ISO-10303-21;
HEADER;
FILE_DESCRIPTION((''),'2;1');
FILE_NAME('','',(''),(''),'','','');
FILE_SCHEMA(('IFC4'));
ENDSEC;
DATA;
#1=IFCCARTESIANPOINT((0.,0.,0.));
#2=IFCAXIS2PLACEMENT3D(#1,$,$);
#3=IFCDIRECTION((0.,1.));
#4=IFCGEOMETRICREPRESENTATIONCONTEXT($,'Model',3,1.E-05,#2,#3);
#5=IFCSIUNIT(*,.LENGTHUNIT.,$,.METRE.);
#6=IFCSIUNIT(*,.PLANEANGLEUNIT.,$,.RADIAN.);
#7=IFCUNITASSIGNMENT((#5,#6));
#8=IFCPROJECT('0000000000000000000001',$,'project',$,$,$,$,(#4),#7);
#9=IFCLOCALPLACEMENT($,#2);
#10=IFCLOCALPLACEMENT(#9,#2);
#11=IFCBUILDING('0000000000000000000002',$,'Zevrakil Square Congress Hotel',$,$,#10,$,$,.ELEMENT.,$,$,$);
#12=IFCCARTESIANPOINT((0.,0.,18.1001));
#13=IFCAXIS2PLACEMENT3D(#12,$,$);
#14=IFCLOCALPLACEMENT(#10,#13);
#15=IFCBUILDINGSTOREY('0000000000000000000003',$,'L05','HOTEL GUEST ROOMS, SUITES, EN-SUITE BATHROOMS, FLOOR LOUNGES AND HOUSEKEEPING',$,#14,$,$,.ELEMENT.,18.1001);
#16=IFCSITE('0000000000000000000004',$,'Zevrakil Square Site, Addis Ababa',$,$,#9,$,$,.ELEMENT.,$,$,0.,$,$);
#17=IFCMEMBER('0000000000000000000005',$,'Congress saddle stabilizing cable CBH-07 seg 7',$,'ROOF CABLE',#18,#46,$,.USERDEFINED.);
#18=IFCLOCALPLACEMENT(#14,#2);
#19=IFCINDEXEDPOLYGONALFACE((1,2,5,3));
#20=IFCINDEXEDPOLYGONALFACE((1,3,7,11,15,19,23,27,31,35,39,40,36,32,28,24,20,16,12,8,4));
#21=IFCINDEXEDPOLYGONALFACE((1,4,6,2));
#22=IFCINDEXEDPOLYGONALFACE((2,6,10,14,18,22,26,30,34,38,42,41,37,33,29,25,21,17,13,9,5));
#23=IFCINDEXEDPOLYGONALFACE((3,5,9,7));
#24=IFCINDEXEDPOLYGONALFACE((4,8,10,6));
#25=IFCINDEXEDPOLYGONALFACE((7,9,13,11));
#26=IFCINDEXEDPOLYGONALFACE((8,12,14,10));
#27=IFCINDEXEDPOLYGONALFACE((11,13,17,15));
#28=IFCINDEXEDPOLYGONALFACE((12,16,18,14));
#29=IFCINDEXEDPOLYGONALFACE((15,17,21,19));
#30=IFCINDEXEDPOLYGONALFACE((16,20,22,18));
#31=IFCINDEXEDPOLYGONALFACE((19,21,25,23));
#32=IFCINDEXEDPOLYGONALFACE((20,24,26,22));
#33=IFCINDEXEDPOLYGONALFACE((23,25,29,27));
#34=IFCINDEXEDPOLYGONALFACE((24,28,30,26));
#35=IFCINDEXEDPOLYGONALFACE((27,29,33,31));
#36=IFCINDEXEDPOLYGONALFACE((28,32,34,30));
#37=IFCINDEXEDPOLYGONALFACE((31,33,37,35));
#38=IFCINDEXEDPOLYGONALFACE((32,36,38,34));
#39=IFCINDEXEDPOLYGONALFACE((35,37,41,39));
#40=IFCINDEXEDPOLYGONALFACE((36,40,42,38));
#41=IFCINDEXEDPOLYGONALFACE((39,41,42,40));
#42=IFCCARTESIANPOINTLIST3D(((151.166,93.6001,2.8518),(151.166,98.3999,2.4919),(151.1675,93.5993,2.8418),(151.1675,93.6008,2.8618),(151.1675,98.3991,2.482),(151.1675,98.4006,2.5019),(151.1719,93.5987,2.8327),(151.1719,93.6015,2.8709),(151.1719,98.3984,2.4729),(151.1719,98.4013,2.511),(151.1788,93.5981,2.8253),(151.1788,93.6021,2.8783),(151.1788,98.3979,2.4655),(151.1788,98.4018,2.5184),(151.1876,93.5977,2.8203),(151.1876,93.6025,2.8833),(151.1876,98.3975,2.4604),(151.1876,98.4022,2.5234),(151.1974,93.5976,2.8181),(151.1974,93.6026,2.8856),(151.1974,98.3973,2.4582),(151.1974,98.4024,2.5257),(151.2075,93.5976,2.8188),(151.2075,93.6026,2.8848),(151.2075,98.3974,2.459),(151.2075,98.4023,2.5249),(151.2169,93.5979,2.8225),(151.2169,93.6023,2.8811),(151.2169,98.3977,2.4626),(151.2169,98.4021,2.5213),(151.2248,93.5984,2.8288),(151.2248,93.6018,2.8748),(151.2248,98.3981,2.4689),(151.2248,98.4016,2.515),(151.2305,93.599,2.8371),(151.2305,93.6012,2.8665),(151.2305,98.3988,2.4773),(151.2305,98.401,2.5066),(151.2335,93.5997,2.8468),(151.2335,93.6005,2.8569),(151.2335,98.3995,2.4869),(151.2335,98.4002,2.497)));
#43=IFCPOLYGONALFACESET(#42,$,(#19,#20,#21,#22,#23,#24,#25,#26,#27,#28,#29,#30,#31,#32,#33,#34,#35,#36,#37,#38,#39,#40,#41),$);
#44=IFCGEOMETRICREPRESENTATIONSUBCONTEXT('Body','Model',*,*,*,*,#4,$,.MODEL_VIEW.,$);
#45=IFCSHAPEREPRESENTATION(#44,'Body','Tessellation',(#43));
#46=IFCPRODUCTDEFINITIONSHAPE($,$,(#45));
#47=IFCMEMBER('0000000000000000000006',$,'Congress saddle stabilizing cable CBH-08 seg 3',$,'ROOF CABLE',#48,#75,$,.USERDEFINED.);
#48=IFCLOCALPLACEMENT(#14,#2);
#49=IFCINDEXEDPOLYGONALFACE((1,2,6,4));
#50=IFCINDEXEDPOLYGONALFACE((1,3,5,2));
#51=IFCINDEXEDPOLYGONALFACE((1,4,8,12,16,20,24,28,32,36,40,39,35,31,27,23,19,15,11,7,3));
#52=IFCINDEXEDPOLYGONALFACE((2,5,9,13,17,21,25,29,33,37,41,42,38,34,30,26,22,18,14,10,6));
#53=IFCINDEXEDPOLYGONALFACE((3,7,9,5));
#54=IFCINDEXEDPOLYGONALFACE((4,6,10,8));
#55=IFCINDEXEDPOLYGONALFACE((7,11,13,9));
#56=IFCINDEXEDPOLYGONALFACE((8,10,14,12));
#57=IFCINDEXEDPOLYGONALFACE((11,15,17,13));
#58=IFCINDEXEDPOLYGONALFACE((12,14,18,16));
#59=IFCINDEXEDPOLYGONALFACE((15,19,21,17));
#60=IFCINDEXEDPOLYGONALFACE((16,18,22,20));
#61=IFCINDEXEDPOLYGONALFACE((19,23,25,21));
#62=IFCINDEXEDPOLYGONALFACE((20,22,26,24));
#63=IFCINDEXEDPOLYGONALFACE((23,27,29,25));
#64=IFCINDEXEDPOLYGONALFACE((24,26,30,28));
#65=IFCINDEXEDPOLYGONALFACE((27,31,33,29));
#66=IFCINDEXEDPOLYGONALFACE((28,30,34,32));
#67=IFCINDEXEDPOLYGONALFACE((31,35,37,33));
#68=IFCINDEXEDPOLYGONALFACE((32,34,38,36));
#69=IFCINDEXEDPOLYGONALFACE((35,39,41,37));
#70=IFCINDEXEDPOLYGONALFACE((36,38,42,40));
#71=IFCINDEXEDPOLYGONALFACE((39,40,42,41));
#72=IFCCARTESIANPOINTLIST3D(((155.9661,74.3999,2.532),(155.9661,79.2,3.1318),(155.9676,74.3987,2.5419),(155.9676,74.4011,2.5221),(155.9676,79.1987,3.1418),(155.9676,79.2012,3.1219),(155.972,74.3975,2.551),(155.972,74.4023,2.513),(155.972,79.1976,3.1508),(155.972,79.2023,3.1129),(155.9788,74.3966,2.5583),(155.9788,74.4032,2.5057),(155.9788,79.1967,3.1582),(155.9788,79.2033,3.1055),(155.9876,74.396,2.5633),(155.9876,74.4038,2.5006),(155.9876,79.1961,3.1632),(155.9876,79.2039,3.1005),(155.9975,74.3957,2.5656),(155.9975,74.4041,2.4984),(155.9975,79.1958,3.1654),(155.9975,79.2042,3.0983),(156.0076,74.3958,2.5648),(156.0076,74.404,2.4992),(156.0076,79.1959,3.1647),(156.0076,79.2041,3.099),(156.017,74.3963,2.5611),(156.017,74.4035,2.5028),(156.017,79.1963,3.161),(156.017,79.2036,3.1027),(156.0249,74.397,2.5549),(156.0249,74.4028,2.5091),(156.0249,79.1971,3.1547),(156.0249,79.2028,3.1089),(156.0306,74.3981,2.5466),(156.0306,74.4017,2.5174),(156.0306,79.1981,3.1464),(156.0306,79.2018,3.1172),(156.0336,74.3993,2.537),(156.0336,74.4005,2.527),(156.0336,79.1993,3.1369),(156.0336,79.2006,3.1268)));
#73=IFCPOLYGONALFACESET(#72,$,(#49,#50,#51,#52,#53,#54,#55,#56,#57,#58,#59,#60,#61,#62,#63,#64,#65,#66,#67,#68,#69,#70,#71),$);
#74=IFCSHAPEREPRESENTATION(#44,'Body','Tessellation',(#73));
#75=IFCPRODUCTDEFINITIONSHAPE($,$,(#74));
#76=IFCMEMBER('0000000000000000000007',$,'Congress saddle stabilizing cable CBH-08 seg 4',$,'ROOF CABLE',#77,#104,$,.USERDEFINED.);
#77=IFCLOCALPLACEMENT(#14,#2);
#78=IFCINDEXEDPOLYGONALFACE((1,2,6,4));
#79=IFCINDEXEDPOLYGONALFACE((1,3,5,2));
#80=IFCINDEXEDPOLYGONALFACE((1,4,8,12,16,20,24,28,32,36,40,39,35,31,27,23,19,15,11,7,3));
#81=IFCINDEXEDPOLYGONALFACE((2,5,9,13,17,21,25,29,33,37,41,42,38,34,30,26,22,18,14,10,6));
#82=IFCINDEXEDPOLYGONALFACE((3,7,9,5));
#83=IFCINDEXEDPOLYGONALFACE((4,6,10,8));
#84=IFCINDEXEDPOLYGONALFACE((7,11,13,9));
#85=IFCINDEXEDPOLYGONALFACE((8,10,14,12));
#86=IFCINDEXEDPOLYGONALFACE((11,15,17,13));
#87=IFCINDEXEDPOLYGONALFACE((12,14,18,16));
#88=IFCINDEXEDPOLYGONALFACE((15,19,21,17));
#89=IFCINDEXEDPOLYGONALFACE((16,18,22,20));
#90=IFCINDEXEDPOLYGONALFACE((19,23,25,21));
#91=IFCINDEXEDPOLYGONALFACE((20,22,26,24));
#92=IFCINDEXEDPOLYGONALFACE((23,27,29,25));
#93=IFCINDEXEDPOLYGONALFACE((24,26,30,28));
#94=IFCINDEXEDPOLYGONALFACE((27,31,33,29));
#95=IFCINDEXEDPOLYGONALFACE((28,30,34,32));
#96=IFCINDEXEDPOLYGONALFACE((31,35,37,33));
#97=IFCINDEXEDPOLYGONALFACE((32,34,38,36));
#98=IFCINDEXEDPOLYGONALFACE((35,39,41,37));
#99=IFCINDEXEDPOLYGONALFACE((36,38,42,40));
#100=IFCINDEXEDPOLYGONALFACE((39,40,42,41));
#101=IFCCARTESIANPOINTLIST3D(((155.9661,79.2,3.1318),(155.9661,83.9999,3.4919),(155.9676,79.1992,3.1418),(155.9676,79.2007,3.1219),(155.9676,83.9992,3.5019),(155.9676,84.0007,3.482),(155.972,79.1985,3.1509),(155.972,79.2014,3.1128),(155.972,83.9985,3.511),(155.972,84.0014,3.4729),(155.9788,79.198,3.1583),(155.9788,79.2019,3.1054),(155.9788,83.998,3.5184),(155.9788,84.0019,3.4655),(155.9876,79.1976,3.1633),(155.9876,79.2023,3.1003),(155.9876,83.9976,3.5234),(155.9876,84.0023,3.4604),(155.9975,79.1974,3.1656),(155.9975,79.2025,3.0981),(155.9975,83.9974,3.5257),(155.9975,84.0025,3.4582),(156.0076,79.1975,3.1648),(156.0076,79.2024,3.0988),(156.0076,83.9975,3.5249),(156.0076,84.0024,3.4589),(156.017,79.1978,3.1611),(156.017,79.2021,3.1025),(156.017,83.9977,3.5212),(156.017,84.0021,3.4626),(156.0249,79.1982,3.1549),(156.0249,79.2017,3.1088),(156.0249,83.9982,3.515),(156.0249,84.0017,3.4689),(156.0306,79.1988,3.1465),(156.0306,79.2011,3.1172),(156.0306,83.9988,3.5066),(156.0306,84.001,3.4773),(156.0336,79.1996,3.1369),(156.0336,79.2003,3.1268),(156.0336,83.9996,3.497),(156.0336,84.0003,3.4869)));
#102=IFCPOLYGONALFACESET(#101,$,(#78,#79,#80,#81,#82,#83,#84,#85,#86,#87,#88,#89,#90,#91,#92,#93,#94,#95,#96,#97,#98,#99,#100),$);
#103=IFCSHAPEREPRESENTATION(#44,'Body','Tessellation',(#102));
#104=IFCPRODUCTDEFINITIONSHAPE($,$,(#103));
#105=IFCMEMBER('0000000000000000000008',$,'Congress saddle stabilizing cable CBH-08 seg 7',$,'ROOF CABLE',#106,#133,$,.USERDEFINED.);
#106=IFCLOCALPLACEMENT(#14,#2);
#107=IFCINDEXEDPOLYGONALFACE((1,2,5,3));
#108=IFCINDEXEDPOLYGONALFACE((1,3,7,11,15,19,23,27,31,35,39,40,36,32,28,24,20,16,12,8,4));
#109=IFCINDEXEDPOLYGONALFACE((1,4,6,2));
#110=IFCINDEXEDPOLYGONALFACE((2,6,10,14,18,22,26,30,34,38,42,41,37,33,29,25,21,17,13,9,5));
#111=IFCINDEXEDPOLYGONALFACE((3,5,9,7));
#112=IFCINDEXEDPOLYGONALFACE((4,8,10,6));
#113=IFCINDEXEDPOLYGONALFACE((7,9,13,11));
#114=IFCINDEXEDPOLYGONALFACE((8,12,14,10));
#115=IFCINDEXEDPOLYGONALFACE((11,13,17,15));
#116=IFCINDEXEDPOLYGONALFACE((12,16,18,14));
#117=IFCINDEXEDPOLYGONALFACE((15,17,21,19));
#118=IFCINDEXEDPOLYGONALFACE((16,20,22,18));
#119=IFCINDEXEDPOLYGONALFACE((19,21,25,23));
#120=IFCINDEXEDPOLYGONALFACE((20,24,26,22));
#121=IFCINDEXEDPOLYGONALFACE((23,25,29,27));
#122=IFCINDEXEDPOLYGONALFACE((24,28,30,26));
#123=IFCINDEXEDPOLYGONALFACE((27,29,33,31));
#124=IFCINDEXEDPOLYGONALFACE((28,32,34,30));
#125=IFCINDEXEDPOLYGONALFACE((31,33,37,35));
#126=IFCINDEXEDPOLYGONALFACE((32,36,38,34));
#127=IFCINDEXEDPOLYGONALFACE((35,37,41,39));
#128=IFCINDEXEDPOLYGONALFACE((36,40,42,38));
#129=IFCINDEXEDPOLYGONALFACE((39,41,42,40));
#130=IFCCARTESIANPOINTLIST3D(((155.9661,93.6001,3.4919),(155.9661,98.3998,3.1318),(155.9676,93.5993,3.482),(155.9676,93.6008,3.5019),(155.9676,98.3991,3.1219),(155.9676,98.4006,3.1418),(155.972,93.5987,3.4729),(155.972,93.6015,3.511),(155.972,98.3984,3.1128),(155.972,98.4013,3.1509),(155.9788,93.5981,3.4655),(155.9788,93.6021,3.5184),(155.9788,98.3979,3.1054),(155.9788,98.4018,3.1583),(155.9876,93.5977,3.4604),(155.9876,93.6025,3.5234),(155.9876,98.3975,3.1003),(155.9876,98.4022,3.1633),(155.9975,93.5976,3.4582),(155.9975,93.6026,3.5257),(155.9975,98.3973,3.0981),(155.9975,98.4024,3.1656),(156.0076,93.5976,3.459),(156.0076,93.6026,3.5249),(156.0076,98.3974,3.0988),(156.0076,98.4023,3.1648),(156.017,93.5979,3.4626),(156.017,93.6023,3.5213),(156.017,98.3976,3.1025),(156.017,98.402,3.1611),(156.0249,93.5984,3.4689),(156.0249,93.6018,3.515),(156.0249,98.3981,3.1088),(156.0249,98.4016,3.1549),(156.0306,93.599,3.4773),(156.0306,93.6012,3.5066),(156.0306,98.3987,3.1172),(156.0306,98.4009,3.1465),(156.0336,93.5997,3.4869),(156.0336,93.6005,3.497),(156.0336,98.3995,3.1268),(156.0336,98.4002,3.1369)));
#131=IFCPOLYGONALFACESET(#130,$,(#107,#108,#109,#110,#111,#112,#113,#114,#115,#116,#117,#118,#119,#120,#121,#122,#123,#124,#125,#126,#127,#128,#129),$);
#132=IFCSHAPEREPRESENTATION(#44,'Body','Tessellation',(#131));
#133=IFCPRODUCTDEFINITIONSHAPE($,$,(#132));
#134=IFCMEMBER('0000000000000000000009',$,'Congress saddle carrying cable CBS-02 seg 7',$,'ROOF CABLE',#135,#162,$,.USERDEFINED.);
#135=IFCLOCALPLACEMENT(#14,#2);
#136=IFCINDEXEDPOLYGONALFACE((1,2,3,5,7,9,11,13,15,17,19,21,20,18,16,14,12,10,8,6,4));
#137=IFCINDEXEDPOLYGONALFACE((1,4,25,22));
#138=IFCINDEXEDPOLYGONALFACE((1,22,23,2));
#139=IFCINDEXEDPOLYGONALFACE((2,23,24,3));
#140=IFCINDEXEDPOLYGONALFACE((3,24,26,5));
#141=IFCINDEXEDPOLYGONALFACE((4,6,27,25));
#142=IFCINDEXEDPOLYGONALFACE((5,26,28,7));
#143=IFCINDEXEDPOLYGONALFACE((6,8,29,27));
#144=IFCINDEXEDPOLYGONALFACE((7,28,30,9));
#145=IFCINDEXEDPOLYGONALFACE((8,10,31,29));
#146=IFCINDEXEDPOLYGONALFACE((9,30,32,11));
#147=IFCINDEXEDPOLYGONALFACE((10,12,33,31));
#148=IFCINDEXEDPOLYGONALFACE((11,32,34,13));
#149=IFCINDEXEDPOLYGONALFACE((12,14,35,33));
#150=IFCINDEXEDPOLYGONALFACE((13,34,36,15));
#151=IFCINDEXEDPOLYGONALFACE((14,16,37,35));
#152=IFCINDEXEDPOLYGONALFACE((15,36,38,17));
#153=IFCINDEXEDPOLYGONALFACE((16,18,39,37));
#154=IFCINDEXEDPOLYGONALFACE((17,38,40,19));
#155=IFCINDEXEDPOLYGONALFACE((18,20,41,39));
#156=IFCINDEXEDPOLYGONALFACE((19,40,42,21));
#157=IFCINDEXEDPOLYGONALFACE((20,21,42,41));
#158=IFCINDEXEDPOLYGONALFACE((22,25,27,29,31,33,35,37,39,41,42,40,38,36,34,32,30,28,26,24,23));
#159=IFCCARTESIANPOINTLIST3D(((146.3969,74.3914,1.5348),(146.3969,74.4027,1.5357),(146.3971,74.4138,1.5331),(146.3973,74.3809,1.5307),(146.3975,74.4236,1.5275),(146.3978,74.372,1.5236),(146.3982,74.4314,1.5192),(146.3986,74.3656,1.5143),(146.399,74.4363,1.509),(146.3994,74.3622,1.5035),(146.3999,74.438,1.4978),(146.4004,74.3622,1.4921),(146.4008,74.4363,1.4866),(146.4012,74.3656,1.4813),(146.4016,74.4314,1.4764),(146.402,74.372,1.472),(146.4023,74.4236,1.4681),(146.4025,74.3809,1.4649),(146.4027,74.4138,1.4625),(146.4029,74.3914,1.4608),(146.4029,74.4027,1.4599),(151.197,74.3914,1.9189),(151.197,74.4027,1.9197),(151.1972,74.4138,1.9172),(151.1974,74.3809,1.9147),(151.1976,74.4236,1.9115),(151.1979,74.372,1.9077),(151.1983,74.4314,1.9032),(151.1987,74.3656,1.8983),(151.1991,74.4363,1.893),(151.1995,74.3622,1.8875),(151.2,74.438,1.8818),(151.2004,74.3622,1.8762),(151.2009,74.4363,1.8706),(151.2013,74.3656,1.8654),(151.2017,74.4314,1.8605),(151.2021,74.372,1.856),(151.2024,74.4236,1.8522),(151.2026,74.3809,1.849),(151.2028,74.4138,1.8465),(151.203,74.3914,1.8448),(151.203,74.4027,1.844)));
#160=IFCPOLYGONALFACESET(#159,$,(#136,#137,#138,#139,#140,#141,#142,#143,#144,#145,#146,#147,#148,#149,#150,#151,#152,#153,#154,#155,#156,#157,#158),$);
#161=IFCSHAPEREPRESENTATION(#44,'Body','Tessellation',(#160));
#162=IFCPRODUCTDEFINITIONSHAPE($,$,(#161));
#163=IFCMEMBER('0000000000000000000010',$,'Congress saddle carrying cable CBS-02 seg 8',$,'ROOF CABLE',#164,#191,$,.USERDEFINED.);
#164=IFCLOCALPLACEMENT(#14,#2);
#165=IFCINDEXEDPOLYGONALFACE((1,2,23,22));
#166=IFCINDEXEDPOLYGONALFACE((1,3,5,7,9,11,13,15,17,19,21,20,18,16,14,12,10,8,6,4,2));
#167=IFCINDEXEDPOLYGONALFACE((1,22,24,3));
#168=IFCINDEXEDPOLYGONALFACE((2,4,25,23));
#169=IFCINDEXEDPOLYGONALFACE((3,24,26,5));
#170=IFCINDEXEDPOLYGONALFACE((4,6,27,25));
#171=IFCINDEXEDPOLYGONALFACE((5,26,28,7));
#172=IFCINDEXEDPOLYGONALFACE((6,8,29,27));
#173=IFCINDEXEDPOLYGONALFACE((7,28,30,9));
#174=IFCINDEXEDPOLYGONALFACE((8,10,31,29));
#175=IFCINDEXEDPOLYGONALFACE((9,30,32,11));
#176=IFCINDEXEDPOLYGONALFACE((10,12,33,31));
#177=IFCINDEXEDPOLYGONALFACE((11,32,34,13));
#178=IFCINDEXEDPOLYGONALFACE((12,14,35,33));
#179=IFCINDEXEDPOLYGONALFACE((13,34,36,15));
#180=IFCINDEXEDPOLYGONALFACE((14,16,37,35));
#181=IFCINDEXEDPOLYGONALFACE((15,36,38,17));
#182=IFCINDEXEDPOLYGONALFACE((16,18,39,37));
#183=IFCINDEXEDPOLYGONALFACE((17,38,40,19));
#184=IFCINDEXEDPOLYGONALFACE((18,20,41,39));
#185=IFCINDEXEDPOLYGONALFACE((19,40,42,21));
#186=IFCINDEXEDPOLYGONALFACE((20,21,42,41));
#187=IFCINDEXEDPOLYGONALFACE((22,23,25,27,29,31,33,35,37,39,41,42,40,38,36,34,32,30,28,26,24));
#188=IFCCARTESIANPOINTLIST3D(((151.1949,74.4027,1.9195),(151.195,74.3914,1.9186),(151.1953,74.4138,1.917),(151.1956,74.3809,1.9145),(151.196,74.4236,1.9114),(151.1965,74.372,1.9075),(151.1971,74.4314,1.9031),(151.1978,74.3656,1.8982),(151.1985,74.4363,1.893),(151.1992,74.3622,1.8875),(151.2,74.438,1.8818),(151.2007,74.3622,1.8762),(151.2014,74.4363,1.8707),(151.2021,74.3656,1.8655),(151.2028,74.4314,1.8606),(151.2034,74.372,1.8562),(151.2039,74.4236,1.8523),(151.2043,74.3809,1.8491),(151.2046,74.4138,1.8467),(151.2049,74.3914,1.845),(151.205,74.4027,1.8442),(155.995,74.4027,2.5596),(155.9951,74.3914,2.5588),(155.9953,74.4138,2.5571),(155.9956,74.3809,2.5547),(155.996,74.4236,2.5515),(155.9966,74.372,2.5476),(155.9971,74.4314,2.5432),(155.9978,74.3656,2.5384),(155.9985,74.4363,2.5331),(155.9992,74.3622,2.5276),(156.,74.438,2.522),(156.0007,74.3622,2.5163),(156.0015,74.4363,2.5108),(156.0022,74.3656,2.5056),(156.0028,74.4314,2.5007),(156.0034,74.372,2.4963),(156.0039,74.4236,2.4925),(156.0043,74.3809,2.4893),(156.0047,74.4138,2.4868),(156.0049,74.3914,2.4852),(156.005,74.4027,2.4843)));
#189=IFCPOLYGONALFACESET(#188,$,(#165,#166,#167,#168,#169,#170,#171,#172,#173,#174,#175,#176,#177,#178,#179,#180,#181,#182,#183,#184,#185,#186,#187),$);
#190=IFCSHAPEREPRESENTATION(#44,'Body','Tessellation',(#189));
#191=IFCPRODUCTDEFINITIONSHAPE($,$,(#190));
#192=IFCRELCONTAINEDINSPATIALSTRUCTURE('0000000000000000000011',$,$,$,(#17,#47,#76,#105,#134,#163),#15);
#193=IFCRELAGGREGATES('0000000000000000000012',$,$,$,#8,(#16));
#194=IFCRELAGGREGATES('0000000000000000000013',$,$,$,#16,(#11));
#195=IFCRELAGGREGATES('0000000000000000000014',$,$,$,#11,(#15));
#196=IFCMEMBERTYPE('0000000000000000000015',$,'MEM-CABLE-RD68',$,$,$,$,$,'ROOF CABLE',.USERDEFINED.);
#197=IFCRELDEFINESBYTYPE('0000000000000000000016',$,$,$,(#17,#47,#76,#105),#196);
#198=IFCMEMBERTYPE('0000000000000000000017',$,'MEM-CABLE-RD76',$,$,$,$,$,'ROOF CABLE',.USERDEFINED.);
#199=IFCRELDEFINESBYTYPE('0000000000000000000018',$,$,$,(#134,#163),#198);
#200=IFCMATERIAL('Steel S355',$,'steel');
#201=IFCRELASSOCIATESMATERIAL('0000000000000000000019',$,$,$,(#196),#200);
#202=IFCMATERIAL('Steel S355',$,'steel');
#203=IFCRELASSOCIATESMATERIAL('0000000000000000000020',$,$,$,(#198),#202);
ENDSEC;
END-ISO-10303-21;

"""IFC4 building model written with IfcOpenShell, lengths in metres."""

from ifc_helpers import new_model, si_unit, direction, frame, origin, origin_2d, place, context, subcontext, project, spatial, circle, extrude, material, material_profile, profile_set, type_object, element, save


model = new_model("IFC4")

# Units and contexts
model_context = context("Model", 3, precision=1e-05, world=origin(), true_north=direction((0.0, 1.0)))
body_context = subcontext(model_context, "Body", "Model", "MODEL_VIEW")
ifc_project = project(units=[si_unit("LENGTHUNIT", "METRE"), si_unit("PLANEANGLEUNIT", "RADIAN")], contexts=[model_context])

# Site, building, storey
site_placement = place(None, origin())
site = spatial("IfcSite", under=ifc_project, at=site_placement, Name="Zevrakil Square Site, Addis Ababa", CompositionType="ELEMENT", RefElevation=0.0)
building_placement = place(site_placement, origin())
building = spatial("IfcBuilding", under=site, at=building_placement, Name="Zevrakil Square Congress Hotel", CompositionType="ELEMENT")
storey_placement = place(building_placement, frame((0.0, 0.0, 18.1001)))
storey = spatial("IfcBuildingStorey", under=building, at=storey_placement, Name="L05", Description="HOTEL GUEST ROOMS, SUITES, EN-SUITE BATHROOMS, FLOOR LOUNGES AND HOUSEKEEPING", CompositionType="ELEMENT", Elevation=18.1001)

# Members
ifc_material_1 = material(Name="Steel S355", Category="steel")
ifc_material_profile_1 = material_profile(ifc_material_1, circle(Radius=0.0339, at=origin_2d()), Name="CABLE RD68")
ifc_profile_set_1 = profile_set([ifc_material_profile_1], Name="Steel S355")
member_type_1 = type_object("IfcMemberType", Name="MEM-CABLE-RD68", ElementType="ROOF CABLE", PredefinedType="USERDEFINED", material=ifc_profile_set_1)
member_1_placement = place(storey_placement, frame((151.2, 93.6001, 2.8518), z_axis=(0.0, 0.997201, -0.074765), x_axis=(-1.0, 0.0, 0.0)))
element("IfcMember", 1, at=member_1_placement, inside=storey, type_object=member_type_1, Name="Congress saddle stabilizing cable CBH-07 seg 7", ObjectType="ROOF CABLE", PredefinedType="USERDEFINED", context=body_context, shape_type="SweptSolid", body=[
    extrude(circle(Radius=0.0339, at=origin_2d()), origin(), (0.0, 0.0, 1.0), 4.8132),
])
member_2_placement = place(storey_placement, frame((156.0, 74.3999, 2.532), z_axis=(0.0, 0.992282, 0.124004), x_axis=(-1.0, 0.0, 0.0)))
element("IfcMember", 2, at=member_2_placement, inside=storey, type_object=member_type_1, Name="Congress saddle stabilizing cable CBH-08 seg 3", ObjectType="ROOF CABLE", PredefinedType="USERDEFINED", context=body_context, shape_type="SweptSolid", body=[
    extrude(circle(Radius=0.0339, at=origin_2d()), origin(), (0.0, 0.0, 1.0), 4.8374),
])
member_3_placement = place(storey_placement, frame((156.0, 79.2, 3.1318), z_axis=(0.0, 0.997198, 0.074811), x_axis=(-1.0, 0.0, 0.0)))
element("IfcMember", 3, at=member_3_placement, inside=storey, type_object=member_type_1, Name="Congress saddle stabilizing cable CBH-08 seg 4", ObjectType="ROOF CABLE", PredefinedType="USERDEFINED", context=body_context, shape_type="SweptSolid", body=[
    extrude(circle(Radius=0.0339, at=origin_2d()), origin(), (0.0, 0.0, 1.0), 4.8135),
])
member_4_placement = place(storey_placement, frame((156.0, 93.6001, 3.4919), z_axis=(0.0, 0.997197, -0.074815), x_axis=(-1.0, 0.0, 0.0)))
element("IfcMember", 4, at=member_4_placement, inside=storey, type_object=member_type_1, Name="Congress saddle stabilizing cable CBH-08 seg 7", ObjectType="ROOF CABLE", PredefinedType="USERDEFINED", context=body_context, shape_type="SweptSolid", body=[
    extrude(circle(Radius=0.0339, at=origin_2d()), origin(), (0.0, 0.0, 1.0), 4.8132),
])
ifc_material_2 = material(Name="Steel S355", Category="steel")
ifc_material_profile_2 = material_profile(ifc_material_2, circle(Radius=0.0381, at=origin_2d()), Name="CABLE RD76")
ifc_profile_set_2 = profile_set([ifc_material_profile_2], Name="Steel S355")
member_type_2 = type_object("IfcMemberType", Name="MEM-CABLE-RD76", ElementType="ROOF CABLE", PredefinedType="USERDEFINED", material=ifc_profile_set_2)
member_5_placement = place(storey_placement, frame((146.3999, 74.3999, 1.4978), z_axis=(0.996815, 0.0, 0.079751), x_axis=(0.0, 1.0, 0.0)))
element("IfcMember", 5, at=member_5_placement, inside=storey, type_object=member_type_2, Name="Congress saddle carrying cable CBS-02 seg 7", ObjectType="ROOF CABLE", PredefinedType="USERDEFINED", context=body_context, shape_type="SweptSolid", body=[
    extrude(circle(Radius=0.0381, at=origin_2d()), origin(), (0.0, 0.0, 1.0), 4.8154),
])
member_6_placement = place(storey_placement, frame((151.2, 74.3999, 1.8818), z_axis=(0.991224, 0.0, 0.13219), x_axis=(0.0, 1.0, 0.0)))
element("IfcMember", 6, at=member_6_placement, inside=storey, type_object=member_type_2, Name="Congress saddle carrying cable CBS-02 seg 8", ObjectType="ROOF CABLE", PredefinedType="USERDEFINED", context=body_context, shape_type="SweptSolid", body=[
    extrude(circle(Radius=0.0381, at=origin_2d()), origin(), (0.0, 0.0, 1.0), 4.8425),
])

save(model, "model.ifc")
